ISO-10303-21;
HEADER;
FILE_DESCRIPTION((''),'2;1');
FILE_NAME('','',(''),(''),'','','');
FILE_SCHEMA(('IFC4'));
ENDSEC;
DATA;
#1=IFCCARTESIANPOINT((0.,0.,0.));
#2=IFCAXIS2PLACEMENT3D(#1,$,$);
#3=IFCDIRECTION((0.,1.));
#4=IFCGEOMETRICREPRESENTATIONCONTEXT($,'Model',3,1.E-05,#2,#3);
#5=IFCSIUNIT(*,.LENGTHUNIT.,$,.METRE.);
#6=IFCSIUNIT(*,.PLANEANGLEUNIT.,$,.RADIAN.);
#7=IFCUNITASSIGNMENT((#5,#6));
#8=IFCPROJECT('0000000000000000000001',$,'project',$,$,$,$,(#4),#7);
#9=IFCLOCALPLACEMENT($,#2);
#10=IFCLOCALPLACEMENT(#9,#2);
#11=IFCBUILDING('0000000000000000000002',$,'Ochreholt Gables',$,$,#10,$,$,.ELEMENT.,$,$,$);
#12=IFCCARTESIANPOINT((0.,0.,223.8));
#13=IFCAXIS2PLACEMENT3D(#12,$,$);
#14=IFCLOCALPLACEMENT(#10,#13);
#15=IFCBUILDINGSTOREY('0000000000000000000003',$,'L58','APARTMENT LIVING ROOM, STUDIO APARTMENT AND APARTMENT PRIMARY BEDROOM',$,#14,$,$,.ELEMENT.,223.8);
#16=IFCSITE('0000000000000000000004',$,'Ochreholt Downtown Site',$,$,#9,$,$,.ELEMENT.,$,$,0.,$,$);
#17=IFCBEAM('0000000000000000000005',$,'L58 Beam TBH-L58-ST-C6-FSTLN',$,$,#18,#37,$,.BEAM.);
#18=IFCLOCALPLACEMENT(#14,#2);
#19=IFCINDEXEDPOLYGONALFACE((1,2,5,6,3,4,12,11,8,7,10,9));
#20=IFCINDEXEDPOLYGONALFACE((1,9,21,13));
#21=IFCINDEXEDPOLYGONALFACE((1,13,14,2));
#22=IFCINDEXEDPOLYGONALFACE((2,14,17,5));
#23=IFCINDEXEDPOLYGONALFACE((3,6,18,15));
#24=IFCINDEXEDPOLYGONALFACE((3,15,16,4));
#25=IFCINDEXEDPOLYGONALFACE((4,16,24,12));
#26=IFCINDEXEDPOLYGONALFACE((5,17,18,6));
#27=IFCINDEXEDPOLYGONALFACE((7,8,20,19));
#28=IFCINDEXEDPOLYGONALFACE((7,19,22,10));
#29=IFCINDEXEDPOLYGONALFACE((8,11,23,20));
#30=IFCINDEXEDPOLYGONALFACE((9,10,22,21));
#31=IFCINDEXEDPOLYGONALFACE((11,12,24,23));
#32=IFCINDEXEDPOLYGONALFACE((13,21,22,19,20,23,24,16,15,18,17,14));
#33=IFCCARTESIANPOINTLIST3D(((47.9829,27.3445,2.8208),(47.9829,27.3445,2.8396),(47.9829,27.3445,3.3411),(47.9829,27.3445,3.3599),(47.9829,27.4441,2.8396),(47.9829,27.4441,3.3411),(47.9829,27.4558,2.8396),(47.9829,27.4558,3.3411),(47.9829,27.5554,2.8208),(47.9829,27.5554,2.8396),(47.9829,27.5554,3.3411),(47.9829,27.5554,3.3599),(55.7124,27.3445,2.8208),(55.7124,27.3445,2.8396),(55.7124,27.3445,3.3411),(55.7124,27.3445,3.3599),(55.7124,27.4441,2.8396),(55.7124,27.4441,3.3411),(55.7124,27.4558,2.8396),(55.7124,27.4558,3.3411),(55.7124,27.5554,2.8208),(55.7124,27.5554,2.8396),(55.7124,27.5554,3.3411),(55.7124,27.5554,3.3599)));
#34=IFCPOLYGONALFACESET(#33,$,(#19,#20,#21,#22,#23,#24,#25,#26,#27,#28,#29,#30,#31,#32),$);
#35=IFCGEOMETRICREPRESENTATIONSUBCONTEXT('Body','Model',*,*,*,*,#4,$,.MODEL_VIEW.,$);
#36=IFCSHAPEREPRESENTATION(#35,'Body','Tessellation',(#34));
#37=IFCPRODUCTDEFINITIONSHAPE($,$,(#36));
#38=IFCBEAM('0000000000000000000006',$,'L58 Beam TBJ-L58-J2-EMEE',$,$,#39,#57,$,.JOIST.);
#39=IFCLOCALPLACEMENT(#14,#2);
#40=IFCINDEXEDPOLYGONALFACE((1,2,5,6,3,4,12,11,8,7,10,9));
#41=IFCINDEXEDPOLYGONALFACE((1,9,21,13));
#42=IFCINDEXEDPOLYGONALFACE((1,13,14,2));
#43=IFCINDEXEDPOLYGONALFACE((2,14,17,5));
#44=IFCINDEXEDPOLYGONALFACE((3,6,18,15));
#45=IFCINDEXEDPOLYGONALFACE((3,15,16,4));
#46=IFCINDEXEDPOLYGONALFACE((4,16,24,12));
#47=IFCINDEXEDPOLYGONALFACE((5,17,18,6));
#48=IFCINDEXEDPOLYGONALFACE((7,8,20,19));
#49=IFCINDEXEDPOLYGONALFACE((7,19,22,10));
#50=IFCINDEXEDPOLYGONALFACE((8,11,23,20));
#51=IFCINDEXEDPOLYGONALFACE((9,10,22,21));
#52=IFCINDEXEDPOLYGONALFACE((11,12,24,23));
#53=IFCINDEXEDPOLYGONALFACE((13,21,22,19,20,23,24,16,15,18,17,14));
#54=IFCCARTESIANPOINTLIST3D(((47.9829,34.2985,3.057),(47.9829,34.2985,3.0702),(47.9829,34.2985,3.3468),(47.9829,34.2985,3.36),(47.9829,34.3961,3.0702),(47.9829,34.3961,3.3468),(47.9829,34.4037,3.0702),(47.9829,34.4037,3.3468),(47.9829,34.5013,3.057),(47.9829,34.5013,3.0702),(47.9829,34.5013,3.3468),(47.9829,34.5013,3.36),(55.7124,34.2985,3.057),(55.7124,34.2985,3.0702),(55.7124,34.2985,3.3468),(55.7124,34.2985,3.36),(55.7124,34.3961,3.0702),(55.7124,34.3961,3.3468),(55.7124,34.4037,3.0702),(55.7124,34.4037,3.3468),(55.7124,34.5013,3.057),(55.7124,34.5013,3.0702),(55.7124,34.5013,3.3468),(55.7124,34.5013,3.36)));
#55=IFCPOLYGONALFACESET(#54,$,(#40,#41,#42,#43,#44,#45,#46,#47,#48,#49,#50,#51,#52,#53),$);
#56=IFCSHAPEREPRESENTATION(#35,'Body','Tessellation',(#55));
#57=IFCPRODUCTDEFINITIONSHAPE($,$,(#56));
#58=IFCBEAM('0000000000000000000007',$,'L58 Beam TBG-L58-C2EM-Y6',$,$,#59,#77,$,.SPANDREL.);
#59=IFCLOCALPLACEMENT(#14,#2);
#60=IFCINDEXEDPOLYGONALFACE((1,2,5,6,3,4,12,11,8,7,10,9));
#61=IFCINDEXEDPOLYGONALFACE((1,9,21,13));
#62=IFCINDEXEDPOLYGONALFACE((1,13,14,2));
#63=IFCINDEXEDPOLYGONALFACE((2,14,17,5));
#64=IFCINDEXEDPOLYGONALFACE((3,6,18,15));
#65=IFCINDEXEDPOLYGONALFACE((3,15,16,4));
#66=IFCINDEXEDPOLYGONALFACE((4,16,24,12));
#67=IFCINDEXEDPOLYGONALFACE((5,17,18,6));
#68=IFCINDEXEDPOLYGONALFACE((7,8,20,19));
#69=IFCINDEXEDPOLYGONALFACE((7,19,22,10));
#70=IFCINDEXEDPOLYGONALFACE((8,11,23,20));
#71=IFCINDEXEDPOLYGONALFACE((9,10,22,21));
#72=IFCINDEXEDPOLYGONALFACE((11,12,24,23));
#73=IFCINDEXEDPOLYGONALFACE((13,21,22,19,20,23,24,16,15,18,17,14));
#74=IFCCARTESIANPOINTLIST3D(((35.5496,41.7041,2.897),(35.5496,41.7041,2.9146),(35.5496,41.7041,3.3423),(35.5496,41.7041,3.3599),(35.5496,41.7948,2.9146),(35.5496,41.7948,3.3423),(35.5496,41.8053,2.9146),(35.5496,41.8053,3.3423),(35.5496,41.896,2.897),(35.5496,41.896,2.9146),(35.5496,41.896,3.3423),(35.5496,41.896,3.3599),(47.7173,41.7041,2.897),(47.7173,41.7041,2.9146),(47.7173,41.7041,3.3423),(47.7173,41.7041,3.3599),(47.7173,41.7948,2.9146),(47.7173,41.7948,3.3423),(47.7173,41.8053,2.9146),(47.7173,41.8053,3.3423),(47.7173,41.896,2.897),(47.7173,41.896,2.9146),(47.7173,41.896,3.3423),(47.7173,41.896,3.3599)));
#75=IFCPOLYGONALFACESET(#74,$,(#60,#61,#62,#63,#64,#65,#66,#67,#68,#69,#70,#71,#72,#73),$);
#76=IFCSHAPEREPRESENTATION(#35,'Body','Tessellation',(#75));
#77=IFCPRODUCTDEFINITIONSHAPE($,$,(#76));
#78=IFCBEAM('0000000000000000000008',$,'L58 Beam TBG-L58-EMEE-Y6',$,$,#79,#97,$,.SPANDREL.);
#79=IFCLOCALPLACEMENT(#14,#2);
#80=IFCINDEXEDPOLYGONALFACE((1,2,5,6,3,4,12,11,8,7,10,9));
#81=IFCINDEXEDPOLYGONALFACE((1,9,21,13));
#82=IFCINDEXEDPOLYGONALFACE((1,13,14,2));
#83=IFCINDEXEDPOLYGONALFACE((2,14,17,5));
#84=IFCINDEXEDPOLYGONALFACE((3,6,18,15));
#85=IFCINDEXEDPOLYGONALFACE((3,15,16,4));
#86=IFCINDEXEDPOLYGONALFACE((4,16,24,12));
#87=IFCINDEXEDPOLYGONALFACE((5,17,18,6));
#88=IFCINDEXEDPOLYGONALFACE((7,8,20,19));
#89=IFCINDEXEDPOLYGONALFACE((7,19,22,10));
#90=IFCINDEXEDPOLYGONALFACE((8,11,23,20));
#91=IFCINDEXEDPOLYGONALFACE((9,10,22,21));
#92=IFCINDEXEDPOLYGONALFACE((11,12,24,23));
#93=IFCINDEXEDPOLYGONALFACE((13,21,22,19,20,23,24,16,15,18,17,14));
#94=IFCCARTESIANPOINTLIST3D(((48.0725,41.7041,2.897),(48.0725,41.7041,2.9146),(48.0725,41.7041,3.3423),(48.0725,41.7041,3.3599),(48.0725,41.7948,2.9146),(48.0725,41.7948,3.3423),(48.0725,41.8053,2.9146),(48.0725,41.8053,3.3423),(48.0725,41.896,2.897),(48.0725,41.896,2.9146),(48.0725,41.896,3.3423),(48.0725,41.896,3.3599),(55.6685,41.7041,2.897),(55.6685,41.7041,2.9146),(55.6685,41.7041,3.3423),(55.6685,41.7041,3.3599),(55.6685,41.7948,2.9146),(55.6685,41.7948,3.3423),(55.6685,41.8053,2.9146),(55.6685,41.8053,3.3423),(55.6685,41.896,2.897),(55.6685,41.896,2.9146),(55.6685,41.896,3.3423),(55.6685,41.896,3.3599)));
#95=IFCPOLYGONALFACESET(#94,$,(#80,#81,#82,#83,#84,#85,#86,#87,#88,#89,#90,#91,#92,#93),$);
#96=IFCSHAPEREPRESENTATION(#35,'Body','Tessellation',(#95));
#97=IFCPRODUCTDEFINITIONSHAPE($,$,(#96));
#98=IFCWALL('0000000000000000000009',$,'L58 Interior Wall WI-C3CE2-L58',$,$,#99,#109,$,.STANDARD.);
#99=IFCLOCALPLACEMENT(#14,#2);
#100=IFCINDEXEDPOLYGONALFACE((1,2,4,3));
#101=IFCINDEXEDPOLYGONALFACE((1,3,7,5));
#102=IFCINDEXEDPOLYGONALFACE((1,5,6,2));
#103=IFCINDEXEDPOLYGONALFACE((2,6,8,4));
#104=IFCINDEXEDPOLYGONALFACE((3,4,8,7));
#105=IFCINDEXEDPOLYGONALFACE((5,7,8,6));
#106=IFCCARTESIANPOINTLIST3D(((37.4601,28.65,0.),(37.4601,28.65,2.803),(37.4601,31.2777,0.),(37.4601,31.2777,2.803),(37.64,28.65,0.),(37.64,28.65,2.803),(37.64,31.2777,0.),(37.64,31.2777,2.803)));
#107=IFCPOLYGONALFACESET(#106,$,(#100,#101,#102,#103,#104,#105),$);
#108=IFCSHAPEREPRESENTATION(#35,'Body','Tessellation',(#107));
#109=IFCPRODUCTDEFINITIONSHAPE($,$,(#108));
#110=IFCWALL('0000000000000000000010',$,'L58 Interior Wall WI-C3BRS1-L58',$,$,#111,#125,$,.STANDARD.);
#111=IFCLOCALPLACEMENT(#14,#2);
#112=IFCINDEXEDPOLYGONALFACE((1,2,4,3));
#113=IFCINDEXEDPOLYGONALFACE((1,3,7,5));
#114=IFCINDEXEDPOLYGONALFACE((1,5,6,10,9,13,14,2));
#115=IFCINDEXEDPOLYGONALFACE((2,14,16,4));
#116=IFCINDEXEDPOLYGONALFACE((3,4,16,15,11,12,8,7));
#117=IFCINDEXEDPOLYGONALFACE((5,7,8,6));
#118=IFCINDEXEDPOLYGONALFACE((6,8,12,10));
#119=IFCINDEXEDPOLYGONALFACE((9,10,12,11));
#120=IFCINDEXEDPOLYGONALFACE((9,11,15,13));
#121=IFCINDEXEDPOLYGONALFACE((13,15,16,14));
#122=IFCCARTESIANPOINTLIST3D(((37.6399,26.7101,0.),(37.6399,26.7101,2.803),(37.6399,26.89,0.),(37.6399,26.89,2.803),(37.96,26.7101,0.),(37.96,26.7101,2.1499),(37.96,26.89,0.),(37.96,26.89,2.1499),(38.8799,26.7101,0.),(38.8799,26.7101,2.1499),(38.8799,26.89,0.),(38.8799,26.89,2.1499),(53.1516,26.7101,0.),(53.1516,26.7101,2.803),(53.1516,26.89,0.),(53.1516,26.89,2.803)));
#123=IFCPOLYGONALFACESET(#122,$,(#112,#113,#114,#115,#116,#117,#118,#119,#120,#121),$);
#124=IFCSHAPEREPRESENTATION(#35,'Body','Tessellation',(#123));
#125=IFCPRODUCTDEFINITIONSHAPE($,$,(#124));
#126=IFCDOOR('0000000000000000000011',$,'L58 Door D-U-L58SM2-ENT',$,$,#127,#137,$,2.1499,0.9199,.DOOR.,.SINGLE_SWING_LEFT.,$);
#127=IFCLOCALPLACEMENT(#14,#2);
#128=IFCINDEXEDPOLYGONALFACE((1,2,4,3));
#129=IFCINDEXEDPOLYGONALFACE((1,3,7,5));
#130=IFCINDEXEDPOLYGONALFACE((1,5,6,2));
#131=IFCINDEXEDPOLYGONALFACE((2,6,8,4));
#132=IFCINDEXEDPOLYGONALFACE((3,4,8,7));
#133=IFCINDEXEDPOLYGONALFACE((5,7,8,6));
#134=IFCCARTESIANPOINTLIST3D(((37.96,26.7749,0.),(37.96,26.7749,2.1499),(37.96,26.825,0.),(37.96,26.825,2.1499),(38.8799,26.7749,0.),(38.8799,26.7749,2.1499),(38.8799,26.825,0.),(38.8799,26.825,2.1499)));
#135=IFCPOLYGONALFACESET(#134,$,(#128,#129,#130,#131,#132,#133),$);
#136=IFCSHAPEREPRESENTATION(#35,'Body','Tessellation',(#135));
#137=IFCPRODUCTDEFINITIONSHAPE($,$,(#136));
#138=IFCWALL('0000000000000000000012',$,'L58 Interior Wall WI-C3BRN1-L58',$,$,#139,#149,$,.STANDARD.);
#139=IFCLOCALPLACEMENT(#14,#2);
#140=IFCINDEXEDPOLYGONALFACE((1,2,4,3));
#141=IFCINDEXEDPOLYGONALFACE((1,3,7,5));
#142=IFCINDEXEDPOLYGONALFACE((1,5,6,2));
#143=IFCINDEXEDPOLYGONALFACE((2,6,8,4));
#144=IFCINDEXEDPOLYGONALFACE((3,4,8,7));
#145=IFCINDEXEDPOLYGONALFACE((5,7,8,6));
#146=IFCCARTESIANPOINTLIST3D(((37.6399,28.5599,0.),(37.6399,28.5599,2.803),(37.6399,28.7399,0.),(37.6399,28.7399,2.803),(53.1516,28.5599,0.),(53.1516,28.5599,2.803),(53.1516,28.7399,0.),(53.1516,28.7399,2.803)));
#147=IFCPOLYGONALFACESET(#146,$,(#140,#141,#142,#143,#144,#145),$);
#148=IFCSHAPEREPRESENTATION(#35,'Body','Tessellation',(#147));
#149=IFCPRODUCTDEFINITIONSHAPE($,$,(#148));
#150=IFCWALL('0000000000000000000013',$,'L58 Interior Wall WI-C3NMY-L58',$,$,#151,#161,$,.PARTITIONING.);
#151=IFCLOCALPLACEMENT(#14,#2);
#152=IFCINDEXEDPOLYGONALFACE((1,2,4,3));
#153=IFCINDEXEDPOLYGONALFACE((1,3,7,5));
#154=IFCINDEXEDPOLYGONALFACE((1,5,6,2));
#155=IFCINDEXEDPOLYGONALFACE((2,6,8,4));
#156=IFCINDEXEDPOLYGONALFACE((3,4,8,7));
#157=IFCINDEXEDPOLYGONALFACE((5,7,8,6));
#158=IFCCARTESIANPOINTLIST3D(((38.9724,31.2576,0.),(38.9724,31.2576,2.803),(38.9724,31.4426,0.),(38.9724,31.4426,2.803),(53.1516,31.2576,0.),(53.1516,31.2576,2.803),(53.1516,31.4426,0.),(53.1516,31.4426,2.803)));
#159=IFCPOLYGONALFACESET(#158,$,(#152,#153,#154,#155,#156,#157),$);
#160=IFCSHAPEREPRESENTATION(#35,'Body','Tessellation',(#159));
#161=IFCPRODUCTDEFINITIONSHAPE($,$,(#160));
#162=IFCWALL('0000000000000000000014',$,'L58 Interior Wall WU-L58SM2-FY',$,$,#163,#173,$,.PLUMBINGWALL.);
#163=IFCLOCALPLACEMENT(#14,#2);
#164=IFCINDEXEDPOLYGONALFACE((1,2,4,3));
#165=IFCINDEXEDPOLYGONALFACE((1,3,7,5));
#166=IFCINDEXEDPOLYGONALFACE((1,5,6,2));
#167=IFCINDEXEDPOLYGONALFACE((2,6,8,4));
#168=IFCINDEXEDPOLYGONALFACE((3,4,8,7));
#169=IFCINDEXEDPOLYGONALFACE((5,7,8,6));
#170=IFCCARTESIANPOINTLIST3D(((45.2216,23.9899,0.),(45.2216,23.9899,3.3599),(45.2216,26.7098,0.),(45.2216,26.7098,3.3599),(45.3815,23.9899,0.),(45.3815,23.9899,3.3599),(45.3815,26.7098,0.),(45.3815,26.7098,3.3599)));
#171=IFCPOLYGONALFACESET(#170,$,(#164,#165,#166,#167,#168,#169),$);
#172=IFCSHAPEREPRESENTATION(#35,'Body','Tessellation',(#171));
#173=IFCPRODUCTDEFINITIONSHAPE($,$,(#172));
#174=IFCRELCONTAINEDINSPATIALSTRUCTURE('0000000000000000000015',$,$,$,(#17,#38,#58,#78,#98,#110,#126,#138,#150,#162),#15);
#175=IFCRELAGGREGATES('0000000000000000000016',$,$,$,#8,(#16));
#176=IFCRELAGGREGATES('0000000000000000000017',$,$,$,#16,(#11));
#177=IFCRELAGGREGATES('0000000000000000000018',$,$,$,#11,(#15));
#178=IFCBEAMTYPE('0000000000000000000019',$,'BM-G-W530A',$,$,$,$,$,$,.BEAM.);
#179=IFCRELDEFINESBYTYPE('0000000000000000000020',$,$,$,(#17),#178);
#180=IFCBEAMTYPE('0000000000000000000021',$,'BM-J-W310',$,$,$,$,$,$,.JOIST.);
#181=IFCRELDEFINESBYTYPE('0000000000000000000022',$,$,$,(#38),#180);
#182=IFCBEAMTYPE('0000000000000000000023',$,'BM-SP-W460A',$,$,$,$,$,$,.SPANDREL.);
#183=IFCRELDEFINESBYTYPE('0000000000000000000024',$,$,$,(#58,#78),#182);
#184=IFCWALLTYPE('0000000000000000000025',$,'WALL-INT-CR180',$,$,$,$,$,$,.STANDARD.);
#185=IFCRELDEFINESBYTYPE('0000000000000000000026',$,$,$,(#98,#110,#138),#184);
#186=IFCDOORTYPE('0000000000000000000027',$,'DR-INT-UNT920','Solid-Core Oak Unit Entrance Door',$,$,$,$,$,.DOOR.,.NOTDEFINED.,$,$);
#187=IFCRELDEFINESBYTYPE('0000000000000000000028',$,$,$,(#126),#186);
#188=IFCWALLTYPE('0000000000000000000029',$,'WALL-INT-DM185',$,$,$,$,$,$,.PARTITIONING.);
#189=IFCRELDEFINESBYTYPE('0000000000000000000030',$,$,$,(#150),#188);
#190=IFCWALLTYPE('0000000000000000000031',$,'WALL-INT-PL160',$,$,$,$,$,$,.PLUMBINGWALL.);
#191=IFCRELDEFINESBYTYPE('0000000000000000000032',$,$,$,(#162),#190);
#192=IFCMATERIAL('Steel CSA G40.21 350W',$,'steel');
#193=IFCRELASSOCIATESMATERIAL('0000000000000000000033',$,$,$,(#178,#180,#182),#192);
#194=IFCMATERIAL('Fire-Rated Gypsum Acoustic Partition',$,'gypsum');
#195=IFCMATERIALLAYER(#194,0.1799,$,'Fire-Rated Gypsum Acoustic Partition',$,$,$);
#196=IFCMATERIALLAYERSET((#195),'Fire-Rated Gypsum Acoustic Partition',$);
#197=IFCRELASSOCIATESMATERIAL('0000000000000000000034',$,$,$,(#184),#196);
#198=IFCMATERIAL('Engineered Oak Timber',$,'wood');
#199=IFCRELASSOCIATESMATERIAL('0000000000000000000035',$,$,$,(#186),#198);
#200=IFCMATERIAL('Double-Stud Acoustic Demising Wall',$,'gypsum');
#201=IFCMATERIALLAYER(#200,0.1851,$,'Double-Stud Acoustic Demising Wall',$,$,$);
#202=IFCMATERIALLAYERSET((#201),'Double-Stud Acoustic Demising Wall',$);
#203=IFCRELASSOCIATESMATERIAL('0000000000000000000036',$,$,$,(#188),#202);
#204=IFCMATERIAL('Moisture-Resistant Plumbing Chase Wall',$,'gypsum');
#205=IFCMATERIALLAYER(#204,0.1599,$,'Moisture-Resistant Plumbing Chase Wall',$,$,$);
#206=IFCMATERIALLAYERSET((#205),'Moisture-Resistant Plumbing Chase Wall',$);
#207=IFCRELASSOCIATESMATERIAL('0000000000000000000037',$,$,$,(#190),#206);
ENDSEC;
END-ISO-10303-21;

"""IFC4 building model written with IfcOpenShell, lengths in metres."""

from ifc_helpers import new_model, si_unit, direction, frame, frame_2d, origin, origin_2d, place, context, subcontext, project, spatial, rectangle, i_section, extrude, material, layer, layer_set, material_profile, profile_set, type_object, element, fill, save


model = new_model("IFC4")

# Units and contexts
model_context = context("Model", 3, precision=1e-05, world=origin(), true_north=direction((0.0, 1.0)))
body_context = subcontext(model_context, "Body", "Model", "MODEL_VIEW")
ifc_project = project(units=[si_unit("LENGTHUNIT", "METRE"), si_unit("PLANEANGLEUNIT", "RADIAN")], contexts=[model_context])

# Site, building, storey
site_placement = place(None, origin())
site = spatial("IfcSite", under=ifc_project, at=site_placement, Name="Ochreholt Downtown Site", CompositionType="ELEMENT", RefElevation=0.0)
building_placement = place(site_placement, origin())
building = spatial("IfcBuilding", under=site, at=building_placement, Name="Ochreholt Gables", CompositionType="ELEMENT")
storey_placement = place(building_placement, frame((0.0, 0.0, 223.8)))
storey = spatial("IfcBuildingStorey", under=building, at=storey_placement, Name="L58", Description="APARTMENT LIVING ROOM, STUDIO APARTMENT AND APARTMENT PRIMARY BEDROOM", CompositionType="ELEMENT", Elevation=223.8)

# Shared definitions
ifc_material_1 = material(Name="Steel CSA G40.21 350W", Category="steel")

# Beams
ifc_material_profile_1 = material_profile(ifc_material_1, i_section(OverallWidth=0.2109, OverallDepth=0.5391, WebThickness=0.0117, FlangeThickness=0.0188, at=origin_2d()), Name="W530X109")
ifc_profile_set_1 = profile_set([ifc_material_profile_1], Name="Steel CSA G40.21 350W")
beam_type_1 = type_object("IfcBeamType", Name="BM-G-W530A", PredefinedType="BEAM", material=ifc_profile_set_1)
beam_1_placement = place(storey_placement, frame((47.9829, 27.45, 3.0903), z_axis=(1.0, 0.0, 0.0), x_axis=(0.0, 1.0, 0.0)))
element("IfcBeam", 1, at=beam_1_placement, inside=storey, type_object=beam_type_1, Name="L58 Beam TBH-L58-ST-C6-FSTLN", PredefinedType="BEAM", context=body_context, shape_type="SweptSolid", body=[
    extrude(i_section(OverallWidth=0.2109, OverallDepth=0.5391, WebThickness=0.0117, FlangeThickness=0.0188, at=origin_2d()), origin(), (0.0, 0.0, 1.0), 7.7295),
])
ifc_material_profile_2 = material_profile(ifc_material_1, i_section(OverallWidth=0.2029, OverallDepth=0.303, WebThickness=0.0076, FlangeThickness=0.0132, at=origin_2d()), Name="W310X60")
ifc_profile_set_2 = profile_set([ifc_material_profile_2], Name="Steel CSA G40.21 350W")
beam_type_2 = type_object("IfcBeamType", Name="BM-J-W310", PredefinedType="JOIST", material=ifc_profile_set_2)
beam_2_placement = place(storey_placement, frame((47.9829, 34.3999, 3.2085), z_axis=(1.0, 0.0, 0.0), x_axis=(0.0, 1.0, 0.0)))
element("IfcBeam", 2, at=beam_2_placement, inside=storey, type_object=beam_type_2, Name="L58 Beam TBJ-L58-J2-EMEE", PredefinedType="JOIST", context=body_context, shape_type="SweptSolid", body=[
    extrude(i_section(OverallWidth=0.2029, OverallDepth=0.303, WebThickness=0.0076, FlangeThickness=0.0132, at=origin_2d()), origin(), (0.0, 0.0, 1.0), 7.7295),
])
ifc_material_profile_3 = material_profile(ifc_material_1, i_section(OverallWidth=0.1919, OverallDepth=0.4629, WebThickness=0.0105, FlangeThickness=0.0176, at=origin_2d()), Name="W460X89")
ifc_profile_set_3 = profile_set([ifc_material_profile_3], Name="Steel CSA G40.21 350W")
beam_type_3 = type_object("IfcBeamType", Name="BM-SP-W460A", PredefinedType="SPANDREL", material=ifc_profile_set_3)
beam_3_placement = place(storey_placement, frame((35.5496, 41.8, 3.1284), z_axis=(1.0, 0.0, 0.0), x_axis=(0.0, 1.0, 0.0)))
element("IfcBeam", 3, at=beam_3_placement, inside=storey, type_object=beam_type_3, Name="L58 Beam TBG-L58-C2EM-Y6", PredefinedType="SPANDREL", context=body_context, shape_type="SweptSolid", body=[
    extrude(i_section(OverallWidth=0.1919, OverallDepth=0.4629, WebThickness=0.0105, FlangeThickness=0.0176, at=origin_2d()), origin(), (0.0, 0.0, 1.0), 12.1677),
])
beam_4_placement = place(storey_placement, frame((48.0725, 41.8, 3.1284), z_axis=(1.0, 0.0, 0.0), x_axis=(0.0, 1.0, 0.0)))
element("IfcBeam", 4, at=beam_4_placement, inside=storey, type_object=beam_type_3, Name="L58 Beam TBG-L58-EMEE-Y6", PredefinedType="SPANDREL", context=body_context, shape_type="SweptSolid", body=[
    extrude(i_section(OverallWidth=0.1919, OverallDepth=0.4629, WebThickness=0.0105, FlangeThickness=0.0176, at=origin_2d()), origin(), (0.0, 0.0, 1.0), 7.5959),
])

# Wall
ifc_material_2 = material(Name="Fire-Rated Gypsum Acoustic Partition", Category="gypsum")
ifc_layer_1 = layer(ifc_material_2, 0.1799, Name="Fire-Rated Gypsum Acoustic Partition")
ifc_layer_set_1 = layer_set([ifc_layer_1], Name="Fire-Rated Gypsum Acoustic Partition")
wall_type_1 = type_object("IfcWallType", Name="WALL-INT-CR180", PredefinedType="STANDARD", material=ifc_layer_set_1)
wall_1_placement = place(storey_placement, frame((37.55, 28.6499, 0.0), z_axis=(0.0, 0.0, 1.0), x_axis=(0.0, 1.0, 0.0)))
element("IfcWall", 5, at=wall_1_placement, inside=storey, type_object=wall_type_1, Name="L58 Interior Wall WI-C3CE2-L58", PredefinedType="STANDARD", context=body_context, shape_type="SweptSolid", body=[
    extrude(rectangle(XDim=2.6277, YDim=0.1799, at=frame_2d((1.314, 0.0))), origin(), (0.0, 0.0, 1.0), 2.803),
])

# Wall, opening, door
wall_2_placement = place(storey_placement, frame((37.6399, 26.8, 0.0), z_axis=(0.0, 0.0, 1.0), x_axis=(1.0, 0.0, 0.0)))
wall_2 = element("IfcWall", 6, at=wall_2_placement, inside=storey, type_object=wall_type_1, Name="L58 Interior Wall WI-C3BRS1-L58", PredefinedType="STANDARD", context=body_context, shape_type="SweptSolid", body=[
    extrude(rectangle(XDim=15.5117, YDim=0.1799, at=frame_2d((7.7559, 0.0))), origin(), (0.0, 0.0, 1.0), 2.803),
])
opening_1_placement = place(wall_2_placement, frame((0.3201, 0.0, 0.0)))
opening_1 = element("IfcOpeningElement", 7, at=opening_1_placement, cuts=wall_2, PredefinedType="OPENING", context=body_context, shape_type="SweptSolid", body=[
    extrude(rectangle(XDim=0.9199, YDim=2.1499, at=frame_2d((0.46, 1.075))), frame((0.0, 0.0999, 0.0), z_axis=(0.0, -1.0, 0.0), x_axis=(1.0, 0.0, 0.0)), (0.0, 0.0, 1.0), 0.2),
])
ifc_material_3 = material(Name="Engineered Oak Timber", Category="wood")
door_type_1 = type_object("IfcDoorType", Name="DR-INT-UNT920", Description="Solid-Core Oak Unit Entrance Door", OperationType="NOTDEFINED", PredefinedType="DOOR", material=ifc_material_3)
door_1_placement = place(opening_1_placement, origin())
door_1 = element("IfcDoor", 8, at=door_1_placement, inside=storey, type_object=door_type_1, Name="L58 Door D-U-L58SM2-ENT", OperationType="SINGLE_SWING_LEFT", OverallHeight=2.1499, OverallWidth=0.9199, PredefinedType="DOOR", context=body_context, shape_type="SweptSolid", body=[
    extrude(rectangle(XDim=0.9199, YDim=2.1499, at=frame_2d((0.46, 1.075))), frame((0.0, 0.0249, 0.0), z_axis=(0.0, -1.0, 0.0), x_axis=(1.0, 0.0, 0.0)), (0.0, 0.0, 1.0), 0.05),
])
fill(opening_1, door_1)

# Walls
wall_3_placement = place(storey_placement, frame((37.6399, 28.6499, 0.0), z_axis=(0.0, 0.0, 1.0), x_axis=(1.0, 0.0, 0.0)))
element("IfcWall", 9, at=wall_3_placement, inside=storey, type_object=wall_type_1, Name="L58 Interior Wall WI-C3BRN1-L58", PredefinedType="STANDARD", context=body_context, shape_type="SweptSolid", body=[
    extrude(rectangle(XDim=15.5117, YDim=0.1799, at=frame_2d((7.7559, 0.0))), origin(), (0.0, 0.0, 1.0), 2.803),
])
ifc_material_4 = material(Name="Double-Stud Acoustic Demising Wall", Category="gypsum")
ifc_layer_2 = layer(ifc_material_4, 0.1851, Name="Double-Stud Acoustic Demising Wall")
ifc_layer_set_2 = layer_set([ifc_layer_2], Name="Double-Stud Acoustic Demising Wall")
wall_type_2 = type_object("IfcWallType", Name="WALL-INT-DM185", PredefinedType="PARTITIONING", material=ifc_layer_set_2)
wall_4_placement = place(storey_placement, frame((38.9724, 31.3501, 0.0), z_axis=(0.0, 0.0, 1.0), x_axis=(1.0, 0.0, 0.0)))
element("IfcWall", 10, at=wall_4_placement, inside=storey, type_object=wall_type_2, Name="L58 Interior Wall WI-C3NMY-L58", PredefinedType="PARTITIONING", context=body_context, shape_type="SweptSolid", body=[
    extrude(rectangle(XDim=14.1792, YDim=0.1851, at=frame_2d((7.0896, 0.0))), origin(), (0.0, 0.0, 1.0), 2.803),
])

# Shared definitions
ifc_material_5 = material(Name="Moisture-Resistant Plumbing Chase Wall", Category="gypsum")
ifc_layer_3 = layer(ifc_material_5, 0.1599, Name="Moisture-Resistant Plumbing Chase Wall")
ifc_layer_set_3 = layer_set([ifc_layer_3], Name="Moisture-Resistant Plumbing Chase Wall")
wall_type_3 = type_object("IfcWallType", Name="WALL-INT-PL160", PredefinedType="PLUMBINGWALL", material=ifc_layer_set_3)

# Wall
wall_5_placement = place(storey_placement, frame((45.3015, 23.99, 0.0), z_axis=(0.0, 0.0, 1.0), x_axis=(0.0, 1.0, 0.0)))
element("IfcWall", 11, at=wall_5_placement, inside=storey, type_object=wall_type_3, Name="L58 Interior Wall WU-L58SM2-FY", PredefinedType="PLUMBINGWALL", context=body_context, shape_type="SweptSolid", body=[
    extrude(rectangle(XDim=2.72, YDim=0.1599, at=frame_2d((1.3599, 0.0))), origin(), (0.0, 0.0, 1.0), 3.3599),
])

save(model, "model.ifc")
